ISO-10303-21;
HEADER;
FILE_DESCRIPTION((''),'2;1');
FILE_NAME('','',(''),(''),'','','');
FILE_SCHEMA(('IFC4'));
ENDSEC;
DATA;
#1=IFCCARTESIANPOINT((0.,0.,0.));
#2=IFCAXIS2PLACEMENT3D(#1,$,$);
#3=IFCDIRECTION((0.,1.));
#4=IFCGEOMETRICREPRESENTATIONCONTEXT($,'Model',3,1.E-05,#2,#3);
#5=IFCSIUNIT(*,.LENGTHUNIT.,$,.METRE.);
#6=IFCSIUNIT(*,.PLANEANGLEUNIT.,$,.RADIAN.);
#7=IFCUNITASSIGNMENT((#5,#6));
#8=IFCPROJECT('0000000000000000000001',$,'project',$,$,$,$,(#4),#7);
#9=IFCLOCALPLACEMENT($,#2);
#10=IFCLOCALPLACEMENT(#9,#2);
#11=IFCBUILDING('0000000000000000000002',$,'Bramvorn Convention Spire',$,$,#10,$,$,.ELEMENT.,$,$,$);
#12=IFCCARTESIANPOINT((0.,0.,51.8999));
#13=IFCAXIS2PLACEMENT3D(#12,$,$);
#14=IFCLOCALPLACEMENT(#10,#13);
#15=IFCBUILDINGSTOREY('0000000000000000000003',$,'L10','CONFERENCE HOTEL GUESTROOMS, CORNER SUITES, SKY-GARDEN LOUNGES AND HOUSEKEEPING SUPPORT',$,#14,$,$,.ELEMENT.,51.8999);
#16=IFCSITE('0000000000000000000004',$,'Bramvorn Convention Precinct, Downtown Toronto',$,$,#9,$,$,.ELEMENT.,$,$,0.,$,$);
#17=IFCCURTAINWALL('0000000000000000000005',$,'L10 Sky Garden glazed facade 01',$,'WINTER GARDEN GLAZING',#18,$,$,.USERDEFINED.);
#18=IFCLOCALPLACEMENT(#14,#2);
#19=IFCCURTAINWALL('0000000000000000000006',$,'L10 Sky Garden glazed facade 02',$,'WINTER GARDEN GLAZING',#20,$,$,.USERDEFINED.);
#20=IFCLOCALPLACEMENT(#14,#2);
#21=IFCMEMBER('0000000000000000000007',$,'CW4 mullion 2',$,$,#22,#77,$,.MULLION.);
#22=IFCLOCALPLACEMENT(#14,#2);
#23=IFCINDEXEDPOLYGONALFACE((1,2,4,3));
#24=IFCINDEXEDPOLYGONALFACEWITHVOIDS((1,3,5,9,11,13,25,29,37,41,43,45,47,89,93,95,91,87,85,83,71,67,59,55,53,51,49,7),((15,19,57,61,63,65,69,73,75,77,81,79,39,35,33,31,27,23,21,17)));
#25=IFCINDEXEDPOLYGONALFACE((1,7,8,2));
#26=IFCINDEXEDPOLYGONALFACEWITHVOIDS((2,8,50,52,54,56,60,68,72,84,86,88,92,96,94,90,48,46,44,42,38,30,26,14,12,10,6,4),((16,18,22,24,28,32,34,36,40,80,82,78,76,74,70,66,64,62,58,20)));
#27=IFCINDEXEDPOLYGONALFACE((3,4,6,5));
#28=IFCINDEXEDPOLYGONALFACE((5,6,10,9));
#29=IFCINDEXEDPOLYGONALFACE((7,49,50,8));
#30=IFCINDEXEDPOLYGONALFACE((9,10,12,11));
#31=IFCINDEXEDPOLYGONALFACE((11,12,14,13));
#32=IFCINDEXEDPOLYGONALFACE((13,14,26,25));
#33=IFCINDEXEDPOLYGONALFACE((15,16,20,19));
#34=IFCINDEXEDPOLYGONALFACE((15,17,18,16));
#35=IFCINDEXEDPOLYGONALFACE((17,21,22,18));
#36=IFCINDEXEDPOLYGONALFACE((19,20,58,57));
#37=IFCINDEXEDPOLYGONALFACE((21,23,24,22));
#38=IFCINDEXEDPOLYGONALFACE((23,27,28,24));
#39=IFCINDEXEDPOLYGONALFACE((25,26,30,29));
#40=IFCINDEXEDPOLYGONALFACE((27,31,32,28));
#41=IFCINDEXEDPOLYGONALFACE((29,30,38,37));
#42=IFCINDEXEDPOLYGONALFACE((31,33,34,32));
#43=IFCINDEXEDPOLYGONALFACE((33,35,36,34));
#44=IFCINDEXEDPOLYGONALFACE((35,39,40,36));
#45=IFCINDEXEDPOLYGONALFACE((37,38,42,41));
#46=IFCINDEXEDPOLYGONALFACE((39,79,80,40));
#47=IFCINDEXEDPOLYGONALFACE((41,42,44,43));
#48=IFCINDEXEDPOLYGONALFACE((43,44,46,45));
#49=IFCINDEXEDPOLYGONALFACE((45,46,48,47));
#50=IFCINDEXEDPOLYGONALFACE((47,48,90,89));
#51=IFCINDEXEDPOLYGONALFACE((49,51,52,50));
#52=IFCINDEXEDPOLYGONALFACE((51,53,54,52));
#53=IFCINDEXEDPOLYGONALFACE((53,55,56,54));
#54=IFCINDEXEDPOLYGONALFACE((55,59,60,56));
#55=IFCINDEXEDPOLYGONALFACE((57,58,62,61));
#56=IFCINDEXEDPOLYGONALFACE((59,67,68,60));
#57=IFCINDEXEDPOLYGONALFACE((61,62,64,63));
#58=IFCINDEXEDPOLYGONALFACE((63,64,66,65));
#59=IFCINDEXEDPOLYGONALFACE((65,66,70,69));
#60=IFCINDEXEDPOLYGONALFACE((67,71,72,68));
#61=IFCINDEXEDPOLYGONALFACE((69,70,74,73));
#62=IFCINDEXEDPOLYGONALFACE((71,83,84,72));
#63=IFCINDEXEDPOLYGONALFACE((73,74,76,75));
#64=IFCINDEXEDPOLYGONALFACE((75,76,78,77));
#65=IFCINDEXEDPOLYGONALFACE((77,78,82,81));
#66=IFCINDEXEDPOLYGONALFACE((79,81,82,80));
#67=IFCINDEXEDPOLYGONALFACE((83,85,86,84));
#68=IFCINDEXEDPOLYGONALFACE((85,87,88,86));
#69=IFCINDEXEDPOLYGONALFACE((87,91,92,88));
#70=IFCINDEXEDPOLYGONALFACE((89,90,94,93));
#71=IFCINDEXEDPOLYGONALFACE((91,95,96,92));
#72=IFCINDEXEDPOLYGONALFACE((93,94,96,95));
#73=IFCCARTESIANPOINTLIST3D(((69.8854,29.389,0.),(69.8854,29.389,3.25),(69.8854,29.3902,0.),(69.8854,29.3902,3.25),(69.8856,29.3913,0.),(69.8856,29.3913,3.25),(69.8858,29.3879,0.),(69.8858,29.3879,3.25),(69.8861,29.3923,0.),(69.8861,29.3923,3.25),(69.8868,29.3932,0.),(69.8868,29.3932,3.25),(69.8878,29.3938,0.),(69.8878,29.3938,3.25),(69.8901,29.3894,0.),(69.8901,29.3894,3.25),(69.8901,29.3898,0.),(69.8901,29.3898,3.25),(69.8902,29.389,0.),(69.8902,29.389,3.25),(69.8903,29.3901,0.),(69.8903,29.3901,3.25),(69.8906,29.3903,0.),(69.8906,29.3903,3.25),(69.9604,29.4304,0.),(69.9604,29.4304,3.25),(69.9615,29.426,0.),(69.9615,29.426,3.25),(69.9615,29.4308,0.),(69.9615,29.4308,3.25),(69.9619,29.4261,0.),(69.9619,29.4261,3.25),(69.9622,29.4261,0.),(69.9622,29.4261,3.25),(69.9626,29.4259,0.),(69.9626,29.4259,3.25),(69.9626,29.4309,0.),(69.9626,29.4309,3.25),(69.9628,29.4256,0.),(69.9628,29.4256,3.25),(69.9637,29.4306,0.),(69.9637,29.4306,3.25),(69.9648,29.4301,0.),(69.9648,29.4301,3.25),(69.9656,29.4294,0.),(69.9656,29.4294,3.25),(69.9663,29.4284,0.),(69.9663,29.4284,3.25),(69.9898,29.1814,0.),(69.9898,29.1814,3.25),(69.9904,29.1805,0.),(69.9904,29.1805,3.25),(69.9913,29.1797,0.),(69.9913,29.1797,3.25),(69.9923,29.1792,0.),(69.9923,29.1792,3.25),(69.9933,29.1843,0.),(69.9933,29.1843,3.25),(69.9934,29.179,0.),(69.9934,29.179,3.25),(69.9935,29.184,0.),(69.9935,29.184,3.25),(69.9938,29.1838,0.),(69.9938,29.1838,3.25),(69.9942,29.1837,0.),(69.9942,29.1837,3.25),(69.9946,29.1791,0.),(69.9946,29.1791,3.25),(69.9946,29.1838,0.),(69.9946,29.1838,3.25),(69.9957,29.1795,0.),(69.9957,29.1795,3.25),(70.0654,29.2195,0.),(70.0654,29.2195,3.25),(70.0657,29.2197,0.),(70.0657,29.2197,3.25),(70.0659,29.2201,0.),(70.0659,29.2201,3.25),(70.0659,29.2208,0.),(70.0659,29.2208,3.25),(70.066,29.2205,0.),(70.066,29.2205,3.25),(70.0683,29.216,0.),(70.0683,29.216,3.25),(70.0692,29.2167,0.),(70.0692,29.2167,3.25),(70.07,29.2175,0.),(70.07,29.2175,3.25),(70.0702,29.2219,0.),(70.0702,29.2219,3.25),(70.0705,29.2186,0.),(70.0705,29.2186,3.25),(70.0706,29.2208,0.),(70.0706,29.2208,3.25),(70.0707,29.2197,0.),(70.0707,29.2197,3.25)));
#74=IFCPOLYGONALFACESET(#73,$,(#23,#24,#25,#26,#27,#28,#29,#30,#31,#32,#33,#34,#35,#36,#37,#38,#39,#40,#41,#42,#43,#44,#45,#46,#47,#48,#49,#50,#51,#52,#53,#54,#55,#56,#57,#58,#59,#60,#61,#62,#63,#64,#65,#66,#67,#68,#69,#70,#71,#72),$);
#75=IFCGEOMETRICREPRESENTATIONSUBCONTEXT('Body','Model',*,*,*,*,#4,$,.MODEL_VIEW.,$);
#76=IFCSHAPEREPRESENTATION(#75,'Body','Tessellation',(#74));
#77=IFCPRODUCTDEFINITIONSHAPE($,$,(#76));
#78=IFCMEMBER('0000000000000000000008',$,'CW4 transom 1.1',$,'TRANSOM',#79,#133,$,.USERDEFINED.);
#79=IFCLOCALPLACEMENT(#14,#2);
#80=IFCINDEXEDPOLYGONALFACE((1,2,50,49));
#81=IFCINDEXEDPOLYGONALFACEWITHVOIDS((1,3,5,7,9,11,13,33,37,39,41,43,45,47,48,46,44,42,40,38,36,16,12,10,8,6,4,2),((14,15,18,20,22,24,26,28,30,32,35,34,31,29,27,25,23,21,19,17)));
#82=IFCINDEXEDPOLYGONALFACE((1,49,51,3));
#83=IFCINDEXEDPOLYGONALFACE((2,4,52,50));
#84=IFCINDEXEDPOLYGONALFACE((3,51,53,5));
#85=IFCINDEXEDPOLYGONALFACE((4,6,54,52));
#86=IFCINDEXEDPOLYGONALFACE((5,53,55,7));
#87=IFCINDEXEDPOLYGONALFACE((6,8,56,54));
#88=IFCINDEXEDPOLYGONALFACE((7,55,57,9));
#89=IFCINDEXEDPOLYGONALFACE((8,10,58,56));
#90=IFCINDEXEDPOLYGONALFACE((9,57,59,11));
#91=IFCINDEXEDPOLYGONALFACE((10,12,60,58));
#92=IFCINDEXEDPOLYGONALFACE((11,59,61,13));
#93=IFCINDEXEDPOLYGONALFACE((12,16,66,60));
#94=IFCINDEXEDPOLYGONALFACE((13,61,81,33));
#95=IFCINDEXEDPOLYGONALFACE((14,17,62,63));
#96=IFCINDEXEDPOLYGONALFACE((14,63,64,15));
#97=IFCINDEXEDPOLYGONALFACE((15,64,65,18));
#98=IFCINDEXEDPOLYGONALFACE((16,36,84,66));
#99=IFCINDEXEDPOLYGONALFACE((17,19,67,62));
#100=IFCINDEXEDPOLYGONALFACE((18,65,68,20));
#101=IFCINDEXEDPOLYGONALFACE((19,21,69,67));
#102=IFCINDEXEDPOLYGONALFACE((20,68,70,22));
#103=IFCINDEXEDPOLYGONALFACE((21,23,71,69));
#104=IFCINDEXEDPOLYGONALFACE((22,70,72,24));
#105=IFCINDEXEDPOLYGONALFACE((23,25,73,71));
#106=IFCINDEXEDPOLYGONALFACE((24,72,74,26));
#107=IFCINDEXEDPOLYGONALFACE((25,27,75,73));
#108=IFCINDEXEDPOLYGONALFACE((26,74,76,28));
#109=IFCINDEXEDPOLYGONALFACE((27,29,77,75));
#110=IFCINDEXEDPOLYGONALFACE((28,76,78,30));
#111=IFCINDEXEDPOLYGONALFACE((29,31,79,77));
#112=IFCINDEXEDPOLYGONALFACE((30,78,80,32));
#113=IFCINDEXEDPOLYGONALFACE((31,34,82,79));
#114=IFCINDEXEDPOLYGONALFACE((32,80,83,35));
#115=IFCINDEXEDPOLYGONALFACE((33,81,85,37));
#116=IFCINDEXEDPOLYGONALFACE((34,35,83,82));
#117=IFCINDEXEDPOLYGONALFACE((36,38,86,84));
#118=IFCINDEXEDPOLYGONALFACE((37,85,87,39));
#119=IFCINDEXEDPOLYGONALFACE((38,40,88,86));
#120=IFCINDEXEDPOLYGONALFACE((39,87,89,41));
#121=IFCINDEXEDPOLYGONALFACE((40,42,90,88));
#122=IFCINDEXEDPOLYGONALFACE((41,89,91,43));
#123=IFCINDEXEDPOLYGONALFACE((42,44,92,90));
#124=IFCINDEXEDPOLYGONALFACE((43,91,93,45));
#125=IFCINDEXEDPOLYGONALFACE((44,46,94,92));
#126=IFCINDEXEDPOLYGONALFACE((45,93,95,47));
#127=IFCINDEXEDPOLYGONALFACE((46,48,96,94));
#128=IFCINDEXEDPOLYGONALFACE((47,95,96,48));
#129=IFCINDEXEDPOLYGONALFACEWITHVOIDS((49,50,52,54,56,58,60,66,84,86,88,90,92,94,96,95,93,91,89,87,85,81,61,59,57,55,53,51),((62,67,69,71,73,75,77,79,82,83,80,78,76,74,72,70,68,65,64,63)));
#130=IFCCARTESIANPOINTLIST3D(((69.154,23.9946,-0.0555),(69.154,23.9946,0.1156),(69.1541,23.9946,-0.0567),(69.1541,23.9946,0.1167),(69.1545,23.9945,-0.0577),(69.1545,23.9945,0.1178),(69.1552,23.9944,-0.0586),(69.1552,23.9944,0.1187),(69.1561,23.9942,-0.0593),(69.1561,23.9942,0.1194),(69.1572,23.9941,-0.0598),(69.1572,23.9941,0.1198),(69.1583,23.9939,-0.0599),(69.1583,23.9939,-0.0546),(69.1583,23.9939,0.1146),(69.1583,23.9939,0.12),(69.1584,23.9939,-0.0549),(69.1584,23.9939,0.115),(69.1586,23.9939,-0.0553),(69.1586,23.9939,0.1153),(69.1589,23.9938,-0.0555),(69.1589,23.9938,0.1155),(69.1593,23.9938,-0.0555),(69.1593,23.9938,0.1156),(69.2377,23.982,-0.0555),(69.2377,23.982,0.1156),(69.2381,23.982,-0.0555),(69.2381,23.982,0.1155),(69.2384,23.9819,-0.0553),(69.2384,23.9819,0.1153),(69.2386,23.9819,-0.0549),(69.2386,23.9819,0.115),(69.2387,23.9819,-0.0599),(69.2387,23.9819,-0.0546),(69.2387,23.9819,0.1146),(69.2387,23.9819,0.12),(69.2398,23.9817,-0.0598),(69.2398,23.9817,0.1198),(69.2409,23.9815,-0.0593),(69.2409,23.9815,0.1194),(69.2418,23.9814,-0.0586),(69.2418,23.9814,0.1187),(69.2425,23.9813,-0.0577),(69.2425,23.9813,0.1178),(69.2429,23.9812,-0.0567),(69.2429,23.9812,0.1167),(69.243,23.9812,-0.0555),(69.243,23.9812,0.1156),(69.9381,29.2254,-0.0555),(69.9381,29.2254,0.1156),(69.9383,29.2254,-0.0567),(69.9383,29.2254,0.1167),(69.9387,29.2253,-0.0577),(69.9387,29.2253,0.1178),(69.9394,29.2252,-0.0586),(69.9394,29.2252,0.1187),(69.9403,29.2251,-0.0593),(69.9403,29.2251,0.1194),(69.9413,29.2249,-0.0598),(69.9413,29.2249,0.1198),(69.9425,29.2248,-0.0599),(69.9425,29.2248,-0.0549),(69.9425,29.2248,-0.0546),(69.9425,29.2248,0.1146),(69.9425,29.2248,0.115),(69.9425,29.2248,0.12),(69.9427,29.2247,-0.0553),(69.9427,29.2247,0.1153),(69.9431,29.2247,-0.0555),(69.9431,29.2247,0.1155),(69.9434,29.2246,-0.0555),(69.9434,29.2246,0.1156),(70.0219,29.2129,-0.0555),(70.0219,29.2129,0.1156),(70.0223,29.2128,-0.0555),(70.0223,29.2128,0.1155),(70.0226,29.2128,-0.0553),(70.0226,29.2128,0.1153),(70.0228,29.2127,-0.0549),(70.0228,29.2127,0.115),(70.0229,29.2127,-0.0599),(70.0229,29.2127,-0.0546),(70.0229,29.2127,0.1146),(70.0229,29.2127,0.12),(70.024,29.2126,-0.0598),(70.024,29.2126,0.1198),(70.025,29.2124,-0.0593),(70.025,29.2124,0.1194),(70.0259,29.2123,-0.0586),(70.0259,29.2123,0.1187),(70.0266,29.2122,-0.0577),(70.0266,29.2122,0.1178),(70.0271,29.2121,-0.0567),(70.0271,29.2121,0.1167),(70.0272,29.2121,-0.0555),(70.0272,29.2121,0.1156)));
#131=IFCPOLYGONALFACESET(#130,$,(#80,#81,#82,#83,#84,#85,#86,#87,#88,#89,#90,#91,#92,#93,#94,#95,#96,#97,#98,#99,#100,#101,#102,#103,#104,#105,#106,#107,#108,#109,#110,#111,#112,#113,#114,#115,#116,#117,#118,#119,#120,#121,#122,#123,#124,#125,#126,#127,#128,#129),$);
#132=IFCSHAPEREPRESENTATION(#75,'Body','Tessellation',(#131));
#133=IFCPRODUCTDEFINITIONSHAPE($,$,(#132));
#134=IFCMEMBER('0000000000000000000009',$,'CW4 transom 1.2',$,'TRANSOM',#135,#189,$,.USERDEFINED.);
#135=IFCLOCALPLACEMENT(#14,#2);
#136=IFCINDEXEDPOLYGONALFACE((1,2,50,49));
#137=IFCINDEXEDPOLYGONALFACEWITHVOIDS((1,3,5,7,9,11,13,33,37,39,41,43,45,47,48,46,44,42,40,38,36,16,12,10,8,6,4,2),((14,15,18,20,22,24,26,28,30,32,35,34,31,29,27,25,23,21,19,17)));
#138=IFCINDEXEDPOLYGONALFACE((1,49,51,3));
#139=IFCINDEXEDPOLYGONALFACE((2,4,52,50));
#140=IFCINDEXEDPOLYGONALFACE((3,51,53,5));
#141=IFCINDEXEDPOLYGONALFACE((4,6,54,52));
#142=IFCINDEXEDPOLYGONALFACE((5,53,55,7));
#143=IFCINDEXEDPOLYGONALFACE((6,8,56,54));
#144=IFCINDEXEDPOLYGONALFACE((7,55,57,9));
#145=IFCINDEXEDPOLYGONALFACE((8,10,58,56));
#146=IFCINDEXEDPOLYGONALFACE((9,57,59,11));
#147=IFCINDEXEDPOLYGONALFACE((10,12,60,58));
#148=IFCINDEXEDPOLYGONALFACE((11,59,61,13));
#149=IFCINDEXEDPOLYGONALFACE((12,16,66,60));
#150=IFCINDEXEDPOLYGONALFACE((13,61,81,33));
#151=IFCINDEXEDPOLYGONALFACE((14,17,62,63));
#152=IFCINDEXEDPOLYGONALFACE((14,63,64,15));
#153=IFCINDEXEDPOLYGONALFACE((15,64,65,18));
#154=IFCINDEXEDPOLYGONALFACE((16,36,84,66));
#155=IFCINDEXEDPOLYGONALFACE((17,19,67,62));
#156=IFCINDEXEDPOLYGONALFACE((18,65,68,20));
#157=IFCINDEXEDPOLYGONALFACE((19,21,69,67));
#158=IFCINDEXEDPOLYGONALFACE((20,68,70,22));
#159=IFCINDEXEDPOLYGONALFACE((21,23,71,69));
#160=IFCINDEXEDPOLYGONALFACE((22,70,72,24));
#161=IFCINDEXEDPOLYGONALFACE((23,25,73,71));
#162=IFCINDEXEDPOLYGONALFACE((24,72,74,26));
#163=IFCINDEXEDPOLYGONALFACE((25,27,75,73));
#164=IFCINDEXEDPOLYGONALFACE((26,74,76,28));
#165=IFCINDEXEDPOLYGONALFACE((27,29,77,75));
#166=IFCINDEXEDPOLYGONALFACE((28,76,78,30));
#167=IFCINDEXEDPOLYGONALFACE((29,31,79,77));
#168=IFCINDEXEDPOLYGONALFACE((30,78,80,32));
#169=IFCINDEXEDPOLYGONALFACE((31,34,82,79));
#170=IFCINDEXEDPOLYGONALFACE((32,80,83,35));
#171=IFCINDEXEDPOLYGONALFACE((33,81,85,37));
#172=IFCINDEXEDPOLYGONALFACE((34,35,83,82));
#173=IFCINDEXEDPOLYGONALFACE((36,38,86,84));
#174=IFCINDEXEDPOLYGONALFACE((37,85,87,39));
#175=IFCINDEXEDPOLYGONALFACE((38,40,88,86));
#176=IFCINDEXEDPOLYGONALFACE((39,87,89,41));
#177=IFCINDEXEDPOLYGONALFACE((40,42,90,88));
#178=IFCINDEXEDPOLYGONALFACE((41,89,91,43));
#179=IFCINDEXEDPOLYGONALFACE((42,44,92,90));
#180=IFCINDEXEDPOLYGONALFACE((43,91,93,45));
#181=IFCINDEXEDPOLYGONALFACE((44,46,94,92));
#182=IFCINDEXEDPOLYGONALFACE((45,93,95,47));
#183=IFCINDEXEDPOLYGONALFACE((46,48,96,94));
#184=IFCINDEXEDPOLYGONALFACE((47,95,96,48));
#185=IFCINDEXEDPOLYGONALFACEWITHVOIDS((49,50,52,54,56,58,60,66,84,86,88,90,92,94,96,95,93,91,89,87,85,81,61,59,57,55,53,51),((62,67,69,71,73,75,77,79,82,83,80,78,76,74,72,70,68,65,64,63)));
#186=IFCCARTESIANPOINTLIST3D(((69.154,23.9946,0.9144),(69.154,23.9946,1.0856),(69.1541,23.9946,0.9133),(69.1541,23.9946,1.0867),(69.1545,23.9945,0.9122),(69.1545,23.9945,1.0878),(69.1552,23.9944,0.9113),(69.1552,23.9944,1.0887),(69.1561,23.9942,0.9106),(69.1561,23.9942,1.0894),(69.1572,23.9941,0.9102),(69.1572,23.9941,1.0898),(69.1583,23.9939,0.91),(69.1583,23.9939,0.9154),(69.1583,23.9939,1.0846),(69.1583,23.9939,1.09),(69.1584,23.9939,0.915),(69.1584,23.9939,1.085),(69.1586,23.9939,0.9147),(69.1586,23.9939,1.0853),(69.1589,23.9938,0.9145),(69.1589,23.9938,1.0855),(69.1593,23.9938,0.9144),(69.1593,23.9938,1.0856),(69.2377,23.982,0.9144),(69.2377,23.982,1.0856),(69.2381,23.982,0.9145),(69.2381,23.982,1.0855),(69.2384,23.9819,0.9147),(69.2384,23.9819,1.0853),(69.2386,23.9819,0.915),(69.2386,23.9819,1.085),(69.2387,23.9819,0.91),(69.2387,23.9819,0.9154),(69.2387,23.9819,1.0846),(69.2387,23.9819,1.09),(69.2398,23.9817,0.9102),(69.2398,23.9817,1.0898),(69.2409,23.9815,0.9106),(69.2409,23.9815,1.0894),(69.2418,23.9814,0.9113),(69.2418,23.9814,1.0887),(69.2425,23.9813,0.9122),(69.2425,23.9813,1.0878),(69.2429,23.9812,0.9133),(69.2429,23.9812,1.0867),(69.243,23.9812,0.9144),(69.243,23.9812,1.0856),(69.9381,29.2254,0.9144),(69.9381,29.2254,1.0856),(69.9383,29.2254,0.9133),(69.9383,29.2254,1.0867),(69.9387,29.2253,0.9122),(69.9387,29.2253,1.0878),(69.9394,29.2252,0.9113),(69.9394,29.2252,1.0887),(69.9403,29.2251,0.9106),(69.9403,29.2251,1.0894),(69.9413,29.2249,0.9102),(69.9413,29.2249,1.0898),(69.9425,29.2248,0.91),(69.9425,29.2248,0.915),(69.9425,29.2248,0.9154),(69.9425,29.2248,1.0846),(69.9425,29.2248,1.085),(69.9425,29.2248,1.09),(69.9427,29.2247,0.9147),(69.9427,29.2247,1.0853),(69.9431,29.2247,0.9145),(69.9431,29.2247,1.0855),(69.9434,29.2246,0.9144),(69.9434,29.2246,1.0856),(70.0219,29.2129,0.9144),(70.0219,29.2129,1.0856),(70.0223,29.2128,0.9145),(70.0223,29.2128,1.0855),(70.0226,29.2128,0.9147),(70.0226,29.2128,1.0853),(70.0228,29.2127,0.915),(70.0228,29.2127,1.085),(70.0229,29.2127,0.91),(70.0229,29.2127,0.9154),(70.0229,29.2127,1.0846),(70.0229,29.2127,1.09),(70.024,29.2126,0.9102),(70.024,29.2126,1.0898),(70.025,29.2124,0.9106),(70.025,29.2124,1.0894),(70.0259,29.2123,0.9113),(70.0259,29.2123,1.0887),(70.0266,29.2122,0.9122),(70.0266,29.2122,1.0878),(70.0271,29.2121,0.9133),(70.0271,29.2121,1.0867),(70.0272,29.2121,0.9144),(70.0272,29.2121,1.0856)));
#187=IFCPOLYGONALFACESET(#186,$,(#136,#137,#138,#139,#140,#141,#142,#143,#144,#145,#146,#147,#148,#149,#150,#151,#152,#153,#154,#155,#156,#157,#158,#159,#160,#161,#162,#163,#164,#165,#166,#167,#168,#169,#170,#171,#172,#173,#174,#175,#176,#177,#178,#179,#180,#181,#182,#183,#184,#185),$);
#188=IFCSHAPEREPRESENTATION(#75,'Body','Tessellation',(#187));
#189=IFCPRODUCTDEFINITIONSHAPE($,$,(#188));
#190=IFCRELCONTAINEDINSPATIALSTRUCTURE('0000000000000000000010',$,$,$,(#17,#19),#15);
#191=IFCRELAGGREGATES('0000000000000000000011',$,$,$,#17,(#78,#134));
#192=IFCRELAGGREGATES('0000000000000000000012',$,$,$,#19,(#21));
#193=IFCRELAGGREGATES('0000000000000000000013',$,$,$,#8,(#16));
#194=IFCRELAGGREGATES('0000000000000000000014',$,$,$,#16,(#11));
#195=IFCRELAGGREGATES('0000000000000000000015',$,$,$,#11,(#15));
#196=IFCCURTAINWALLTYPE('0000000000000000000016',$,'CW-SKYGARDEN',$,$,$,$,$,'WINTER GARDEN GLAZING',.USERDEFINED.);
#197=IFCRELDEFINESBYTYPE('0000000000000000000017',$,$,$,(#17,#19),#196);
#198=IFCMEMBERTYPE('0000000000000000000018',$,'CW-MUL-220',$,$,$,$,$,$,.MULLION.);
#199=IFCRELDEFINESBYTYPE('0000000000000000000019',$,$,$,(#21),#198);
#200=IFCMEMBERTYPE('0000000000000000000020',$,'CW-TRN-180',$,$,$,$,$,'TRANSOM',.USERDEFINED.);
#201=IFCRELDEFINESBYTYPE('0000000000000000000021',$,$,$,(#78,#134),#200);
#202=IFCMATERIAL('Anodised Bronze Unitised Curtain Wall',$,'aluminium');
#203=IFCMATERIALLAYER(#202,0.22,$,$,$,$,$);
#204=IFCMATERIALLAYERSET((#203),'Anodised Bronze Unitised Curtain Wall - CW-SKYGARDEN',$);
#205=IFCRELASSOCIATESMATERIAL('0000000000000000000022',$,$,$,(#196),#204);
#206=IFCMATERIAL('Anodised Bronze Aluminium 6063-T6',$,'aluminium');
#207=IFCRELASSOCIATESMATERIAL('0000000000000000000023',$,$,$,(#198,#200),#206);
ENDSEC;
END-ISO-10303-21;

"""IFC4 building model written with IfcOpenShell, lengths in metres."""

from ifc_helpers import new_model, si_unit, direction, frame, origin, origin_2d, place, context, subcontext, project, spatial, hollow_rectangle, extrude, material, layer, layer_set, material_profile, profile_set, type_object, element, aggregate, save


model = new_model("IFC4")

# Units and contexts
model_context = context("Model", 3, precision=1e-05, world=origin(), true_north=direction((0.0, 1.0)))
body_context = subcontext(model_context, "Body", "Model", "MODEL_VIEW")
ifc_project = project(units=[si_unit("LENGTHUNIT", "METRE"), si_unit("PLANEANGLEUNIT", "RADIAN")], contexts=[model_context])

# Site, building, storey
site_placement = place(None, origin())
site = spatial("IfcSite", under=ifc_project, at=site_placement, Name="Bramvorn Convention Precinct, Downtown Toronto", CompositionType="ELEMENT", RefElevation=0.0)
building_placement = place(site_placement, origin())
building = spatial("IfcBuilding", under=site, at=building_placement, Name="Bramvorn Convention Spire", CompositionType="ELEMENT")
storey_placement = place(building_placement, frame((0.0, 0.0, 51.8999)))
storey = spatial("IfcBuildingStorey", under=building, at=storey_placement, Name="L10", Description="CONFERENCE HOTEL GUESTROOMS, CORNER SUITES, SKY-GARDEN LOUNGES AND HOUSEKEEPING SUPPORT", CompositionType="ELEMENT", Elevation=51.8999)

# Curtain wall
ifc_material_1 = material(Name="Anodised Bronze Unitised Curtain Wall", Category="aluminium")
ifc_layer_1 = layer(ifc_material_1, 0.22)
ifc_layer_set_1 = layer_set([ifc_layer_1], Name="Anodised Bronze Unitised Curtain Wall - CW-SKYGARDEN")
curtain_wall_type = type_object("IfcCurtainWallType", Name="CW-SKYGARDEN", ElementType="WINTER GARDEN GLAZING", PredefinedType="USERDEFINED", material=ifc_layer_set_1)
curtain_wall_1_placement = place(storey_placement, origin())
curtain_wall_1 = element("IfcCurtainWall", 1, at=curtain_wall_1_placement, inside=storey, type_object=curtain_wall_type, Name="L10 Sky Garden glazed facade 01", ObjectType="WINTER GARDEN GLAZING", PredefinedType="USERDEFINED")
ifc_material_2 = material(Name="Anodised Bronze Aluminium 6063-T6", Category="aluminium")
ifc_material_profile_1 = material_profile(ifc_material_2, hollow_rectangle(XDim=0.0901, YDim=0.24, WallThickness=0.0044, InnerFilletRadius=0.001, OuterFilletRadius=0.0044, at=origin_2d()))
ifc_profile_set_1 = profile_set([ifc_material_profile_1], Name="Anodised Bronze Aluminium 6063-T6 - CWM90X240")
member_type_1 = type_object("IfcMemberType", Name="CW-MUL-220", PredefinedType="MULLION", material=ifc_profile_set_1)

# Curtain wall, member
curtain_wall_2_placement = place(storey_placement, origin())
curtain_wall_2 = element("IfcCurtainWall", 2, at=curtain_wall_2_placement, inside=storey, type_object=curtain_wall_type, Name="L10 Sky Garden glazed facade 02", ObjectType="WINTER GARDEN GLAZING", PredefinedType="USERDEFINED")
member_1_placement = place(storey_placement, frame((69.978, 29.3049, 0.0), z_axis=(0.0, 0.0, 1.0), x_axis=(0.893207, 0.449646, 0.0)))
member_1 = element("IfcMember", 3, at=member_1_placement, type_object=member_type_1, Name="CW4 mullion 2", PredefinedType="MULLION", context=body_context, shape_type="SweptSolid", body=[
    extrude(hollow_rectangle(XDim=0.0901, YDim=0.24, WallThickness=0.0044, InnerFilletRadius=0.001, OuterFilletRadius=0.0044, at=origin_2d()), origin(), (0.0, 0.0, 1.0), 3.25),
])

# Members
ifc_material_profile_2 = material_profile(ifc_material_2, hollow_rectangle(XDim=0.0901, YDim=0.1799, WallThickness=0.0044, InnerFilletRadius=0.001, OuterFilletRadius=0.0044, at=origin_2d()))
ifc_profile_set_2 = profile_set([ifc_material_profile_2], Name="Anodised Bronze Aluminium 6063-T6 - CWT90X180")
member_type_2 = type_object("IfcMemberType", Name="CW-TRN-180", ElementType="TRANSOM", PredefinedType="USERDEFINED", material=ifc_profile_set_2)
member_2_placement = place(storey_placement, frame((69.9827, 29.2188, 0.03), z_axis=(-0.148255, -0.988949, 0.0), x_axis=(0.988949, -0.148255, 0.0)))
member_2 = element("IfcMember", 4, at=member_2_placement, type_object=member_type_2, Name="CW4 transom 1.1", ObjectType="TRANSOM", PredefinedType="USERDEFINED", context=body_context, shape_type="SweptSolid", body=[
    extrude(hollow_rectangle(XDim=0.0901, YDim=0.1799, WallThickness=0.0044, InnerFilletRadius=0.001, OuterFilletRadius=0.0044, at=origin_2d()), origin(), (0.0, 0.0, 1.0), 5.2893),
])
member_3_placement = place(storey_placement, frame((69.9827, 29.2188, 1.0), z_axis=(-0.148255, -0.988949, 0.0), x_axis=(0.988949, -0.148255, 0.0)))
member_3 = element("IfcMember", 5, at=member_3_placement, type_object=member_type_2, Name="CW4 transom 1.2", ObjectType="TRANSOM", PredefinedType="USERDEFINED", context=body_context, shape_type="SweptSolid", body=[
    extrude(hollow_rectangle(XDim=0.0901, YDim=0.1799, WallThickness=0.0044, InnerFilletRadius=0.001, OuterFilletRadius=0.0044, at=origin_2d()), origin(), (0.0, 0.0, 1.0), 5.2893),
])

aggregate(curtain_wall_1, [member_2, member_3])
aggregate(curtain_wall_2, [member_1])

save(model, "model.ifc")
